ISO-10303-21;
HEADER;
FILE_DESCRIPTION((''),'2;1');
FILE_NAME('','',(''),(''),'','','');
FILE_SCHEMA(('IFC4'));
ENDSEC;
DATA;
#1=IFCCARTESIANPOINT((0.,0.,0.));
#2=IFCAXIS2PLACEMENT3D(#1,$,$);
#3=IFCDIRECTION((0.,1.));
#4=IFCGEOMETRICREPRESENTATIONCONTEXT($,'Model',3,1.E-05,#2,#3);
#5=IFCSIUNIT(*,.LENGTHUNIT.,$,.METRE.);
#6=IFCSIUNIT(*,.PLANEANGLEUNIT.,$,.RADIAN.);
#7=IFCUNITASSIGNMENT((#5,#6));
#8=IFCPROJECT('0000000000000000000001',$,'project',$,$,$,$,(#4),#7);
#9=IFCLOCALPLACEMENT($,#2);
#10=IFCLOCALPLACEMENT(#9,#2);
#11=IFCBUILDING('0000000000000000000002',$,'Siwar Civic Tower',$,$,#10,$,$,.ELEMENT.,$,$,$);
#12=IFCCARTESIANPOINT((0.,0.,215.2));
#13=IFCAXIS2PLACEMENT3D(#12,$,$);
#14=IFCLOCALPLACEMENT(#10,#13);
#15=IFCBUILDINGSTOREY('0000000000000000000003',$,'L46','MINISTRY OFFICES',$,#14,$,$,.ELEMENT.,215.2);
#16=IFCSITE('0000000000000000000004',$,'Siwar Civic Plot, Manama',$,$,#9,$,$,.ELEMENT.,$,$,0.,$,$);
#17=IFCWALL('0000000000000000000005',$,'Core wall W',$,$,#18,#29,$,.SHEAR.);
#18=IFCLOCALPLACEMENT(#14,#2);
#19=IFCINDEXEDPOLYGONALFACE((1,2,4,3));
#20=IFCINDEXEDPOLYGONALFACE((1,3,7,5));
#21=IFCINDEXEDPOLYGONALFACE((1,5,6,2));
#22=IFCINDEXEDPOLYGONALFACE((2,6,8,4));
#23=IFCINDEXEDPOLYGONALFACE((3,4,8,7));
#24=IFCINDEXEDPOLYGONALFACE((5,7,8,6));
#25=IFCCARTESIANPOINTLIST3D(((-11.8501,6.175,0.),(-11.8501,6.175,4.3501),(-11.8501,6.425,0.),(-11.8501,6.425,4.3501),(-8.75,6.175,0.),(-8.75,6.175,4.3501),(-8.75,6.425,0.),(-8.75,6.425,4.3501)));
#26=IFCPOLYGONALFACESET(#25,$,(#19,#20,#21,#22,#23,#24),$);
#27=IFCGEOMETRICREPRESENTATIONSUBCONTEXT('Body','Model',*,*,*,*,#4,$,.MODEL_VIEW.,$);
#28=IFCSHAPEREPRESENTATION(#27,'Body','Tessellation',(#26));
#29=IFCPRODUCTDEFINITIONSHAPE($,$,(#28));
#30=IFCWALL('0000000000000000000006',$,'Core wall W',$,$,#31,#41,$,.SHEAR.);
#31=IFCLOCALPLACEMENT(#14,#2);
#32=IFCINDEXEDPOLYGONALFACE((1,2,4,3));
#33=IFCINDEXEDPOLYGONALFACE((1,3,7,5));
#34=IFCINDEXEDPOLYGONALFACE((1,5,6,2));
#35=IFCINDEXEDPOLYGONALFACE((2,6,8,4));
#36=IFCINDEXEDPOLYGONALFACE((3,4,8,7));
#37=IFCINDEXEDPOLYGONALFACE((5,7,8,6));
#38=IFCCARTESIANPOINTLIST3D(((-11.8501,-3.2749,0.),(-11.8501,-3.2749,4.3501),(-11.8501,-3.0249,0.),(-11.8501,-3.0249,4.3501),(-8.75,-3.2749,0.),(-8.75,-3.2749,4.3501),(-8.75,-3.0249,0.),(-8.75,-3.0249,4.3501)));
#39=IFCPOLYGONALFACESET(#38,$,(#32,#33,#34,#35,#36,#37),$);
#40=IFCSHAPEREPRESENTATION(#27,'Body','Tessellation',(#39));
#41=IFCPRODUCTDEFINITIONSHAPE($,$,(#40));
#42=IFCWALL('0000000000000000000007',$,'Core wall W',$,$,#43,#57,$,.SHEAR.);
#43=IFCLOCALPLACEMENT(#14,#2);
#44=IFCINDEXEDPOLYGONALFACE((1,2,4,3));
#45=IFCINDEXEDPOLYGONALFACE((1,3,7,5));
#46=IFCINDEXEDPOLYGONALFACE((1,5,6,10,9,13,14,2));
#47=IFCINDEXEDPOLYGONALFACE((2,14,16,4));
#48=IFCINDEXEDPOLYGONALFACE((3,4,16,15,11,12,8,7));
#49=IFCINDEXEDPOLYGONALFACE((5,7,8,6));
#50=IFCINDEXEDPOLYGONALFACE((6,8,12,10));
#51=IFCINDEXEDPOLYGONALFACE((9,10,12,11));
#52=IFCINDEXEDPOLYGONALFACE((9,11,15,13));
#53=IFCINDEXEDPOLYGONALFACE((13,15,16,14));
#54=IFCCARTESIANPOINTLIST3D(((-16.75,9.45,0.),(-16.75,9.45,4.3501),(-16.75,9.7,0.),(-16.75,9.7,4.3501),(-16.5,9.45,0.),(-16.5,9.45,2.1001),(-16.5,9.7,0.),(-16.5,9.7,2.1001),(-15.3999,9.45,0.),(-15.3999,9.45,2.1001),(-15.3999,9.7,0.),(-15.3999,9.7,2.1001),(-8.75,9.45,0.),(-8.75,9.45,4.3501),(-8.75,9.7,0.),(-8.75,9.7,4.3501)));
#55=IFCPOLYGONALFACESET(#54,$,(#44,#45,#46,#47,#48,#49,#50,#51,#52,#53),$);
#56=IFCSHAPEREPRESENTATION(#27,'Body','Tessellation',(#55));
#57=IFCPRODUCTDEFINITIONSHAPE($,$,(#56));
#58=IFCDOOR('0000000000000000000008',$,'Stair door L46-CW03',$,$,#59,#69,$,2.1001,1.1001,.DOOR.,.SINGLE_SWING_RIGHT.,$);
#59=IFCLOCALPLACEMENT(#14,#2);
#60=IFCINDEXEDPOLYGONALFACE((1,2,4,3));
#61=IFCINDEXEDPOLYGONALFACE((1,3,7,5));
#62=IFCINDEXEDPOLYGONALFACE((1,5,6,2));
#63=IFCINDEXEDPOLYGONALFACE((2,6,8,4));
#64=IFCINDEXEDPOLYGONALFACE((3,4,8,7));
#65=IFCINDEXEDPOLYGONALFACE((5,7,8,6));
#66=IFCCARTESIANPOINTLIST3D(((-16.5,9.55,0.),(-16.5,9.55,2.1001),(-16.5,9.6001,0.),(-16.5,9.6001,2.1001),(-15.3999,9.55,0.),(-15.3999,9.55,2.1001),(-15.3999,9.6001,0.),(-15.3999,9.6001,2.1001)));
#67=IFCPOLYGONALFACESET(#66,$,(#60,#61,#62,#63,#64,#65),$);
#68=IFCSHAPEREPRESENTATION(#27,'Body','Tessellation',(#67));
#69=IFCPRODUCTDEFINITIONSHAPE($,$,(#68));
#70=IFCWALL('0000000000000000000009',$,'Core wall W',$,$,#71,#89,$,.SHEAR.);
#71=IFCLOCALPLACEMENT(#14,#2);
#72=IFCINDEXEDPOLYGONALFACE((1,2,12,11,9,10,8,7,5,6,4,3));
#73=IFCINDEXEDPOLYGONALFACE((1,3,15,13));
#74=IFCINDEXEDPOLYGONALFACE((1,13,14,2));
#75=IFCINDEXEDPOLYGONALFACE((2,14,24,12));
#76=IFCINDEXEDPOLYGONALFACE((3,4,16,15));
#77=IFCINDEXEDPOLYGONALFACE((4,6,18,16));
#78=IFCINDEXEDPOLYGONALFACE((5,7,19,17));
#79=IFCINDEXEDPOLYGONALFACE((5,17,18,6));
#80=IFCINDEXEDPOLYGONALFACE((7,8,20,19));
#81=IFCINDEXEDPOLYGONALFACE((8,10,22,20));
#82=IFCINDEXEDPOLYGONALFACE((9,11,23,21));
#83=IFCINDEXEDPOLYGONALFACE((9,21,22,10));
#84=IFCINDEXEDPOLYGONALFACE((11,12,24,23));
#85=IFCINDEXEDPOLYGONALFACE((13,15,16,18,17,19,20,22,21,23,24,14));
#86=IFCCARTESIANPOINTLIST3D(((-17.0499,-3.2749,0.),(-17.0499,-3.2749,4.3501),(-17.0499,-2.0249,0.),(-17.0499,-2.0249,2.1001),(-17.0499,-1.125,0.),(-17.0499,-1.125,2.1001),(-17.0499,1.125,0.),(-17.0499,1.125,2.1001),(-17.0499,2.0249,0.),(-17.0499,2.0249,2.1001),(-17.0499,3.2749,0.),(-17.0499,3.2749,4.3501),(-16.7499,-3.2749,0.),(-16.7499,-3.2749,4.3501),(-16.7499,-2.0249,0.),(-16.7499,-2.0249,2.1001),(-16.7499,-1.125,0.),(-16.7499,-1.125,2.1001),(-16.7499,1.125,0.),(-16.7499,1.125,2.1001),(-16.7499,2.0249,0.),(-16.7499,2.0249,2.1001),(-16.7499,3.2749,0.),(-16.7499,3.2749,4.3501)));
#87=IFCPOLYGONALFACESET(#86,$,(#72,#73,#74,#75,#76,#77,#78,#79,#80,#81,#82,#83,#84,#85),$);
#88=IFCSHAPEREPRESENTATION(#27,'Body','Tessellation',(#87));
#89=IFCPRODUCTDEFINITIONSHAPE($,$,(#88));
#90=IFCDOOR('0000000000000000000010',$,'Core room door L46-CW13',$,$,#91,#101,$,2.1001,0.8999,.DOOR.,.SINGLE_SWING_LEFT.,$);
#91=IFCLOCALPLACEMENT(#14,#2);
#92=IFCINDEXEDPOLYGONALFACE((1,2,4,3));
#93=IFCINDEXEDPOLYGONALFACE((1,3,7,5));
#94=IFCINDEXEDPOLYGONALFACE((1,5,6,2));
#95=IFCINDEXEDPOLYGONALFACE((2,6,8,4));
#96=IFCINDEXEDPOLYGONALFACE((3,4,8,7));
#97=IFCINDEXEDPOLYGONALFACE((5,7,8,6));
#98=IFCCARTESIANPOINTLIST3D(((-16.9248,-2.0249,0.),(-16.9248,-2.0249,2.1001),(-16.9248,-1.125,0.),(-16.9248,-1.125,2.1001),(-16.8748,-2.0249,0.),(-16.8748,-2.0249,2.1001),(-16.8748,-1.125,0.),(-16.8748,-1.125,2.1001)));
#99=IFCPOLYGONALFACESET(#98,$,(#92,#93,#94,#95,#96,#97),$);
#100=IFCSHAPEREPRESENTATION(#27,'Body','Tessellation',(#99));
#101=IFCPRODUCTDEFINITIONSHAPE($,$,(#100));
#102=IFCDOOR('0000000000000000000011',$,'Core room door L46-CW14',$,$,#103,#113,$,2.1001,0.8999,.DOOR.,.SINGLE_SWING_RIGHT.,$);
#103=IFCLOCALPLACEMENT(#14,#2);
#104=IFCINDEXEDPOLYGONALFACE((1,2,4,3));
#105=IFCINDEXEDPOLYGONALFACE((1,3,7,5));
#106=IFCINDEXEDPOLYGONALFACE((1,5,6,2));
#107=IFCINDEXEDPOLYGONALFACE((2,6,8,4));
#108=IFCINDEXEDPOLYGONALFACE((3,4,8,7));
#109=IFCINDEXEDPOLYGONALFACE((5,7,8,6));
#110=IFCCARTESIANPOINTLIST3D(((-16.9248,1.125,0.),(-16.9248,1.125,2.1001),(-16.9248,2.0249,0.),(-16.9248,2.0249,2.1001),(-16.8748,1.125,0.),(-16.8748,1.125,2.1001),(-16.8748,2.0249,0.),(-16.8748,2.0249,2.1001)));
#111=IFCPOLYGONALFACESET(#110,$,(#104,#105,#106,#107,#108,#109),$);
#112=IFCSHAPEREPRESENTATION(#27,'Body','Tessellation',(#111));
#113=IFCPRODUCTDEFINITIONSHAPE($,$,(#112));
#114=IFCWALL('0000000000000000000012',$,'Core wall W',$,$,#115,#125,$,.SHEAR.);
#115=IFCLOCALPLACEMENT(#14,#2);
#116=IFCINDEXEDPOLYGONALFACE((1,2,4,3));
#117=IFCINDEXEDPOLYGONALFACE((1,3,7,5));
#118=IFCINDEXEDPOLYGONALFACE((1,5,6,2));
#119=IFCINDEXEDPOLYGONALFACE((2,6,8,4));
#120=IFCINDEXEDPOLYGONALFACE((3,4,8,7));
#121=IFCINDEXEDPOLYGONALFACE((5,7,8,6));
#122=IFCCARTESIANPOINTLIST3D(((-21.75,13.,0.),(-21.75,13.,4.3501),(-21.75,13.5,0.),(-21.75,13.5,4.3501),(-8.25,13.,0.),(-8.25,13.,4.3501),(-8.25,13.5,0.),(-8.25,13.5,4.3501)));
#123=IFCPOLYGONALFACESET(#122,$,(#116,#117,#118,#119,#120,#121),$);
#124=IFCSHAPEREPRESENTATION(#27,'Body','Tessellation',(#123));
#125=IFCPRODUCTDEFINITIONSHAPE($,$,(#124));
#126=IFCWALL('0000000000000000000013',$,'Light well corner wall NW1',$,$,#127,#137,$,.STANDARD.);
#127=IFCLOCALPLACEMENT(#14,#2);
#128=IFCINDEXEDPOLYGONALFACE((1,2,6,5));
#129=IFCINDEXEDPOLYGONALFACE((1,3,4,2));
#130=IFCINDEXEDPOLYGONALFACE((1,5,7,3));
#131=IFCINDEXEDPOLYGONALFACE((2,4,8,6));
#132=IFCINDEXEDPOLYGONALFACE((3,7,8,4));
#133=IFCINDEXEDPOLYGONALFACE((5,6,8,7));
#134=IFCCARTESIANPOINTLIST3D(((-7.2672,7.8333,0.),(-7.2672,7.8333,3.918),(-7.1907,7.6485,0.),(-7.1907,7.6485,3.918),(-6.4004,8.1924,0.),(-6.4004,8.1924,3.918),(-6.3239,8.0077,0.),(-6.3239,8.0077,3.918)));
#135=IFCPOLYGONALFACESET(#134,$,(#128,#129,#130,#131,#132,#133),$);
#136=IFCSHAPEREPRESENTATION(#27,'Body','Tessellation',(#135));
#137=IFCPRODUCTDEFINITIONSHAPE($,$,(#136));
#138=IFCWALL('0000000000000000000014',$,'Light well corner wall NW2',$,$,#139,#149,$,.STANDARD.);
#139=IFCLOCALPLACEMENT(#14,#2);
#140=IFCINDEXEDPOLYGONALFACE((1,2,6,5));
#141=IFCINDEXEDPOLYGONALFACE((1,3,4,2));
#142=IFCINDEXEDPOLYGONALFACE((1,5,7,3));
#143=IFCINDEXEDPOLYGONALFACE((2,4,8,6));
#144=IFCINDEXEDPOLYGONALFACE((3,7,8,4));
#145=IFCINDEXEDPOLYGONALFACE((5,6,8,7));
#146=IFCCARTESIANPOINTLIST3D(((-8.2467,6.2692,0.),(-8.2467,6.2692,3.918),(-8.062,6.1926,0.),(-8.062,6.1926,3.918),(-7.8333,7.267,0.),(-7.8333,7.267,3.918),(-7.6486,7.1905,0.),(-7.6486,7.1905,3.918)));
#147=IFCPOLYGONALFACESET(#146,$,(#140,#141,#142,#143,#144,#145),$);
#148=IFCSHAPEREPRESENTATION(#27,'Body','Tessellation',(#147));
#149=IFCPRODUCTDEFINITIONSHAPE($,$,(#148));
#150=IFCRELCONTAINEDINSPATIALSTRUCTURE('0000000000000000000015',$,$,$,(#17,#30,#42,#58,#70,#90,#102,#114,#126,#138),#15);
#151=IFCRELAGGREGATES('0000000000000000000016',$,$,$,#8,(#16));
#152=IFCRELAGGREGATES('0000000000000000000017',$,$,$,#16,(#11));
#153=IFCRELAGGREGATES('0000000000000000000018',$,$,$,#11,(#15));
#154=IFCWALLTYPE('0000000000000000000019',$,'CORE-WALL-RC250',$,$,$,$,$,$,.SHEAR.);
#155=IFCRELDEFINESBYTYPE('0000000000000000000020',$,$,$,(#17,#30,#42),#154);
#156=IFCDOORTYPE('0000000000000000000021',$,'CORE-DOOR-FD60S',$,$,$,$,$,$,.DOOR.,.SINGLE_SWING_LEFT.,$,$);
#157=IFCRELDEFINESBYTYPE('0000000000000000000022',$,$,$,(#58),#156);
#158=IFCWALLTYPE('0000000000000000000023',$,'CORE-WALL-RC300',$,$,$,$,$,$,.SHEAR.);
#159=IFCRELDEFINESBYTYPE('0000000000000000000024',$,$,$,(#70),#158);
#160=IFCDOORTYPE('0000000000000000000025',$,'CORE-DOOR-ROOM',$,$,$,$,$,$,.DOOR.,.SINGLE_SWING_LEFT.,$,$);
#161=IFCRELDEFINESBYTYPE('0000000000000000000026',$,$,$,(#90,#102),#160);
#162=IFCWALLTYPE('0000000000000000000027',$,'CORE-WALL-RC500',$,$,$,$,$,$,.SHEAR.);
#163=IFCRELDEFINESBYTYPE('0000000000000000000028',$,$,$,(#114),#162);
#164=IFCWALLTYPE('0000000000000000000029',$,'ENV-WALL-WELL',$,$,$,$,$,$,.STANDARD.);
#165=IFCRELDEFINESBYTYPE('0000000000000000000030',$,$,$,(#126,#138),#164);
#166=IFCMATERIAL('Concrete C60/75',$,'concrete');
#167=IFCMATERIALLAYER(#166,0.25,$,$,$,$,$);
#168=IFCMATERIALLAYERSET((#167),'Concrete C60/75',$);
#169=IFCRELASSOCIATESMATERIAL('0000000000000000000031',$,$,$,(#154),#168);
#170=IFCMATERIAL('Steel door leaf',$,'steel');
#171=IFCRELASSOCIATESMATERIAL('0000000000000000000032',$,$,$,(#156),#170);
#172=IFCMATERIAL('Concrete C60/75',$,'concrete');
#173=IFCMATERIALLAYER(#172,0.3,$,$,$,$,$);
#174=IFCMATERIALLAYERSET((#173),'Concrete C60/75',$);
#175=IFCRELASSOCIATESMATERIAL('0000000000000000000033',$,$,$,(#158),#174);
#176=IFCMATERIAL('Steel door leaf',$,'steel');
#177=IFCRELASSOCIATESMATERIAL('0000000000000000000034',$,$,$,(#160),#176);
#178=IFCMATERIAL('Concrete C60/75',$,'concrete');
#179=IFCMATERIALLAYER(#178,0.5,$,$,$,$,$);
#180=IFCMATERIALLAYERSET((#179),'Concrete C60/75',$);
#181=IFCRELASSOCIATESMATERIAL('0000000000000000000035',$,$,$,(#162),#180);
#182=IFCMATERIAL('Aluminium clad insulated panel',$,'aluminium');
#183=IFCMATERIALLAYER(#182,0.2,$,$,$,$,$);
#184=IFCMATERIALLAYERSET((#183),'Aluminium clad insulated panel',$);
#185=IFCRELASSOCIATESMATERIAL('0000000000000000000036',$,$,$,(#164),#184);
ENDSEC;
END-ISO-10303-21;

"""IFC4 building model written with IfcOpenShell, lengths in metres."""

from ifc_helpers import new_model, si_unit, direction, frame, frame_2d, origin, place, context, subcontext, project, spatial, rectangle, extrude, material, layer, layer_set, type_object, element, fill, save


model = new_model("IFC4")

# Units and contexts
model_context = context("Model", 3, precision=1e-05, world=origin(), true_north=direction((0.0, 1.0)))
body_context = subcontext(model_context, "Body", "Model", "MODEL_VIEW")
ifc_project = project(units=[si_unit("LENGTHUNIT", "METRE"), si_unit("PLANEANGLEUNIT", "RADIAN")], contexts=[model_context])

# Site, building, storey
site_placement = place(None, origin())
site = spatial("IfcSite", under=ifc_project, at=site_placement, Name="Siwar Civic Plot, Manama", CompositionType="ELEMENT", RefElevation=0.0)
building_placement = place(site_placement, origin())
building = spatial("IfcBuilding", under=site, at=building_placement, Name="Siwar Civic Tower", CompositionType="ELEMENT")
storey_placement = place(building_placement, frame((0.0, 0.0, 215.2)))
storey = spatial("IfcBuildingStorey", under=building, at=storey_placement, Name="L46", Description="MINISTRY OFFICES", CompositionType="ELEMENT", Elevation=215.2)

# Shared definitions
ifc_material_1 = material(Name="Concrete C60/75", Category="concrete")
ifc_layer_1 = layer(ifc_material_1, 0.25)
ifc_layer_set_1 = layer_set([ifc_layer_1], Name="Concrete C60/75")
wall_type_1 = type_object("IfcWallType", Name="CORE-WALL-RC250", PredefinedType="SHEAR", material=ifc_layer_set_1)

# Walls
for number, where, z_axis, x_axis, name in (
    (1, (-8.75, 6.3, 0.0), (0.0, 0.0, 1.0), (-1.0, 0.0, 0.0), "Core wall W"),
    (2, (-8.75, -3.1499, 0.0), (0.0, 0.0, 1.0), (-1.0, 0.0, 0.0), "Core wall W"),
):
    element("IfcWall", number, at=place(storey_placement, frame(where, z_axis=z_axis, x_axis=x_axis)), inside=storey, type_object=wall_type_1, Name=name, PredefinedType="SHEAR", context=body_context, shape_type="SweptSolid", body=[
        extrude(rectangle(XDim=3.1001, YDim=0.25, at=frame_2d((1.55, 0.0))), origin(), (0.0, 0.0, 1.0), 4.3501),
    ])

# Wall, opening, door
wall_1_placement = place(storey_placement, frame((-8.75, 9.575, 0.0), z_axis=(0.0, 0.0, 1.0), x_axis=(-1.0, 0.0, 0.0)))
wall_1 = element("IfcWall", 3, at=wall_1_placement, inside=storey, type_object=wall_type_1, Name="Core wall W", PredefinedType="SHEAR", context=body_context, shape_type="SweptSolid", body=[
    extrude(rectangle(XDim=8.0, YDim=0.25, at=frame_2d((4.0, 0.0))), origin(), (0.0, 0.0, 1.0), 4.3501),
])
opening_1_placement = place(wall_1_placement, frame((6.6499, 0.0, 0.0)))
opening_1 = element("IfcOpeningElement", 4, at=opening_1_placement, cuts=wall_1, PredefinedType="OPENING", context=body_context, shape_type="SweptSolid", body=[
    extrude(rectangle(XDim=1.1001, YDim=2.1001, at=frame_2d((0.55, 1.05))), frame((0.0, 0.135, 0.0), z_axis=(0.0, -1.0, 0.0), x_axis=(1.0, 0.0, 0.0)), (0.0, 0.0, 1.0), 0.27),
])
ifc_material_2 = material(Name="Steel door leaf", Category="steel")
door_type_1 = type_object("IfcDoorType", Name="CORE-DOOR-FD60S", OperationType="SINGLE_SWING_LEFT", PredefinedType="DOOR", material=ifc_material_2)
door_1_placement = place(opening_1_placement, origin())
door_1 = element("IfcDoor", 5, at=door_1_placement, inside=storey, type_object=door_type_1, Name="Stair door L46-CW03", OperationType="SINGLE_SWING_RIGHT", OverallHeight=2.1001, OverallWidth=1.1001, PredefinedType="DOOR", context=body_context, shape_type="SweptSolid", body=[
    extrude(rectangle(XDim=1.1001, YDim=2.1001, at=frame_2d((0.55, 1.05))), frame((0.0, 0.0249, 0.0), z_axis=(0.0, -1.0, 0.0), x_axis=(1.0, 0.0, 0.0)), (0.0, 0.0, 1.0), 0.05),
])
fill(opening_1, door_1)

# Wall, openings, doors
ifc_material_3 = material(Name="Concrete C60/75", Category="concrete")
ifc_layer_2 = layer(ifc_material_3, 0.3)
ifc_layer_set_2 = layer_set([ifc_layer_2], Name="Concrete C60/75")
wall_type_2 = type_object("IfcWallType", Name="CORE-WALL-RC300", PredefinedType="SHEAR", material=ifc_layer_set_2)
wall_2_placement = place(storey_placement, frame((-16.8999, -3.2749, 0.0), z_axis=(0.0, 0.0, 1.0), x_axis=(0.0, 1.0, 0.0)))
wall_2 = element("IfcWall", 6, at=wall_2_placement, inside=storey, type_object=wall_type_2, Name="Core wall W", PredefinedType="SHEAR", context=body_context, shape_type="SweptSolid", body=[
    extrude(rectangle(XDim=6.5498, YDim=0.3, at=frame_2d((3.2749, 0.0))), origin(), (0.0, 0.0, 1.0), 4.3501),
])
opening_2_placement = place(wall_2_placement, frame((1.25, 0.0, 0.0)))
opening_2 = element("IfcOpeningElement", 7, at=opening_2_placement, cuts=wall_2, PredefinedType="OPENING", context=body_context, shape_type="SweptSolid", body=[
    extrude(rectangle(XDim=0.8999, YDim=2.1001, at=frame_2d((0.45, 1.05))), frame((0.0, 0.1602, 0.0), z_axis=(0.0, -1.0, 0.0), x_axis=(1.0, 0.0, 0.0)), (0.0, 0.0, 1.0), 0.3201),
])
opening_3_placement = place(wall_2_placement, frame((4.3999, 0.0, 0.0)))
opening_3 = element("IfcOpeningElement", 8, at=opening_3_placement, cuts=wall_2, PredefinedType="OPENING", context=body_context, shape_type="SweptSolid", body=[
    extrude(rectangle(XDim=0.8999, YDim=2.1001, at=frame_2d((0.45, 1.05))), frame((0.0, 0.1602, 0.0), z_axis=(0.0, -1.0, 0.0), x_axis=(1.0, 0.0, 0.0)), (0.0, 0.0, 1.0), 0.3201),
])
ifc_material_4 = material(Name="Steel door leaf", Category="steel")
door_type_2 = type_object("IfcDoorType", Name="CORE-DOOR-ROOM", OperationType="SINGLE_SWING_LEFT", PredefinedType="DOOR", material=ifc_material_4)
door_2_placement = place(opening_2_placement, origin())
door_2 = element("IfcDoor", 9, at=door_2_placement, inside=storey, type_object=door_type_2, Name="Core room door L46-CW13", OperationType="SINGLE_SWING_LEFT", OverallHeight=2.1001, OverallWidth=0.8999, PredefinedType="DOOR", context=body_context, shape_type="SweptSolid", body=[
    extrude(rectangle(XDim=0.8999, YDim=2.1001, at=frame_2d((0.45, 1.05))), frame((0.0, 0.0249, 0.0), z_axis=(0.0, -1.0, 0.0), x_axis=(1.0, 0.0, 0.0)), (0.0, 0.0, 1.0), 0.05),
])
fill(opening_2, door_2)
door_3_placement = place(opening_3_placement, origin())
door_3 = element("IfcDoor", 10, at=door_3_placement, inside=storey, type_object=door_type_2, Name="Core room door L46-CW14", OperationType="SINGLE_SWING_RIGHT", OverallHeight=2.1001, OverallWidth=0.8999, PredefinedType="DOOR", context=body_context, shape_type="SweptSolid", body=[
    extrude(rectangle(XDim=0.8999, YDim=2.1001, at=frame_2d((0.45, 1.05))), frame((0.0, 0.0249, 0.0), z_axis=(0.0, -1.0, 0.0), x_axis=(1.0, 0.0, 0.0)), (0.0, 0.0, 1.0), 0.05),
])
fill(opening_3, door_3)

# Walls
ifc_material_5 = material(Name="Concrete C60/75", Category="concrete")
ifc_layer_3 = layer(ifc_material_5, 0.5)
ifc_layer_set_3 = layer_set([ifc_layer_3], Name="Concrete C60/75")
wall_type_3 = type_object("IfcWallType", Name="CORE-WALL-RC500", PredefinedType="SHEAR", material=ifc_layer_set_3)
wall_3_placement = place(storey_placement, frame((-8.25, 13.25, 0.0), z_axis=(0.0, 0.0, 1.0), x_axis=(-1.0, 0.0, 0.0)))
element("IfcWall", 11, at=wall_3_placement, inside=storey, type_object=wall_type_3, Name="Core wall W", PredefinedType="SHEAR", context=body_context, shape_type="SweptSolid", body=[
    extrude(rectangle(XDim=13.5, YDim=0.5, at=frame_2d((6.75, 0.0))), origin(), (0.0, 0.0, 1.0), 4.3501),
])
ifc_material_6 = material(Name="Aluminium clad insulated panel", Category="aluminium")
ifc_layer_4 = layer(ifc_material_6, 0.2)
ifc_layer_set_4 = layer_set([ifc_layer_4], Name="Aluminium clad insulated panel")
wall_type_4 = type_object("IfcWallType", Name="ENV-WALL-WELL", PredefinedType="STANDARD", material=ifc_layer_set_4)
wall_4_placement = place(storey_placement, frame((-6.3621, 8.1001, 0.0), z_axis=(0.0, 0.0, 1.0), x_axis=(-0.92383, -0.382804, 0.0)))
element("IfcWall", 12, at=wall_4_placement, inside=storey, type_object=wall_type_4, Name="Light well corner wall NW1", PredefinedType="STANDARD", context=body_context, shape_type="SweptSolid", body=[
    extrude(rectangle(XDim=0.9382, YDim=0.2, at=frame_2d((0.4692, 0.0))), origin(), (0.0, 0.0, 1.0), 3.918),
])
wall_5_placement = place(storey_placement, frame((-7.741, 7.2288, 0.0), z_axis=(0.0, 0.0, 1.0), x_axis=(-0.382704, -0.923871, 0.0)))
element("IfcWall", 13, at=wall_5_placement, inside=storey, type_object=wall_type_4, Name="Light well corner wall NW2", PredefinedType="STANDARD", context=body_context, shape_type="SweptSolid", body=[
    extrude(rectangle(XDim=1.0801, YDim=0.2, at=frame_2d((0.54, 0.0))), origin(), (0.0, 0.0, 1.0), 3.918),
])

save(model, "model.ifc")
